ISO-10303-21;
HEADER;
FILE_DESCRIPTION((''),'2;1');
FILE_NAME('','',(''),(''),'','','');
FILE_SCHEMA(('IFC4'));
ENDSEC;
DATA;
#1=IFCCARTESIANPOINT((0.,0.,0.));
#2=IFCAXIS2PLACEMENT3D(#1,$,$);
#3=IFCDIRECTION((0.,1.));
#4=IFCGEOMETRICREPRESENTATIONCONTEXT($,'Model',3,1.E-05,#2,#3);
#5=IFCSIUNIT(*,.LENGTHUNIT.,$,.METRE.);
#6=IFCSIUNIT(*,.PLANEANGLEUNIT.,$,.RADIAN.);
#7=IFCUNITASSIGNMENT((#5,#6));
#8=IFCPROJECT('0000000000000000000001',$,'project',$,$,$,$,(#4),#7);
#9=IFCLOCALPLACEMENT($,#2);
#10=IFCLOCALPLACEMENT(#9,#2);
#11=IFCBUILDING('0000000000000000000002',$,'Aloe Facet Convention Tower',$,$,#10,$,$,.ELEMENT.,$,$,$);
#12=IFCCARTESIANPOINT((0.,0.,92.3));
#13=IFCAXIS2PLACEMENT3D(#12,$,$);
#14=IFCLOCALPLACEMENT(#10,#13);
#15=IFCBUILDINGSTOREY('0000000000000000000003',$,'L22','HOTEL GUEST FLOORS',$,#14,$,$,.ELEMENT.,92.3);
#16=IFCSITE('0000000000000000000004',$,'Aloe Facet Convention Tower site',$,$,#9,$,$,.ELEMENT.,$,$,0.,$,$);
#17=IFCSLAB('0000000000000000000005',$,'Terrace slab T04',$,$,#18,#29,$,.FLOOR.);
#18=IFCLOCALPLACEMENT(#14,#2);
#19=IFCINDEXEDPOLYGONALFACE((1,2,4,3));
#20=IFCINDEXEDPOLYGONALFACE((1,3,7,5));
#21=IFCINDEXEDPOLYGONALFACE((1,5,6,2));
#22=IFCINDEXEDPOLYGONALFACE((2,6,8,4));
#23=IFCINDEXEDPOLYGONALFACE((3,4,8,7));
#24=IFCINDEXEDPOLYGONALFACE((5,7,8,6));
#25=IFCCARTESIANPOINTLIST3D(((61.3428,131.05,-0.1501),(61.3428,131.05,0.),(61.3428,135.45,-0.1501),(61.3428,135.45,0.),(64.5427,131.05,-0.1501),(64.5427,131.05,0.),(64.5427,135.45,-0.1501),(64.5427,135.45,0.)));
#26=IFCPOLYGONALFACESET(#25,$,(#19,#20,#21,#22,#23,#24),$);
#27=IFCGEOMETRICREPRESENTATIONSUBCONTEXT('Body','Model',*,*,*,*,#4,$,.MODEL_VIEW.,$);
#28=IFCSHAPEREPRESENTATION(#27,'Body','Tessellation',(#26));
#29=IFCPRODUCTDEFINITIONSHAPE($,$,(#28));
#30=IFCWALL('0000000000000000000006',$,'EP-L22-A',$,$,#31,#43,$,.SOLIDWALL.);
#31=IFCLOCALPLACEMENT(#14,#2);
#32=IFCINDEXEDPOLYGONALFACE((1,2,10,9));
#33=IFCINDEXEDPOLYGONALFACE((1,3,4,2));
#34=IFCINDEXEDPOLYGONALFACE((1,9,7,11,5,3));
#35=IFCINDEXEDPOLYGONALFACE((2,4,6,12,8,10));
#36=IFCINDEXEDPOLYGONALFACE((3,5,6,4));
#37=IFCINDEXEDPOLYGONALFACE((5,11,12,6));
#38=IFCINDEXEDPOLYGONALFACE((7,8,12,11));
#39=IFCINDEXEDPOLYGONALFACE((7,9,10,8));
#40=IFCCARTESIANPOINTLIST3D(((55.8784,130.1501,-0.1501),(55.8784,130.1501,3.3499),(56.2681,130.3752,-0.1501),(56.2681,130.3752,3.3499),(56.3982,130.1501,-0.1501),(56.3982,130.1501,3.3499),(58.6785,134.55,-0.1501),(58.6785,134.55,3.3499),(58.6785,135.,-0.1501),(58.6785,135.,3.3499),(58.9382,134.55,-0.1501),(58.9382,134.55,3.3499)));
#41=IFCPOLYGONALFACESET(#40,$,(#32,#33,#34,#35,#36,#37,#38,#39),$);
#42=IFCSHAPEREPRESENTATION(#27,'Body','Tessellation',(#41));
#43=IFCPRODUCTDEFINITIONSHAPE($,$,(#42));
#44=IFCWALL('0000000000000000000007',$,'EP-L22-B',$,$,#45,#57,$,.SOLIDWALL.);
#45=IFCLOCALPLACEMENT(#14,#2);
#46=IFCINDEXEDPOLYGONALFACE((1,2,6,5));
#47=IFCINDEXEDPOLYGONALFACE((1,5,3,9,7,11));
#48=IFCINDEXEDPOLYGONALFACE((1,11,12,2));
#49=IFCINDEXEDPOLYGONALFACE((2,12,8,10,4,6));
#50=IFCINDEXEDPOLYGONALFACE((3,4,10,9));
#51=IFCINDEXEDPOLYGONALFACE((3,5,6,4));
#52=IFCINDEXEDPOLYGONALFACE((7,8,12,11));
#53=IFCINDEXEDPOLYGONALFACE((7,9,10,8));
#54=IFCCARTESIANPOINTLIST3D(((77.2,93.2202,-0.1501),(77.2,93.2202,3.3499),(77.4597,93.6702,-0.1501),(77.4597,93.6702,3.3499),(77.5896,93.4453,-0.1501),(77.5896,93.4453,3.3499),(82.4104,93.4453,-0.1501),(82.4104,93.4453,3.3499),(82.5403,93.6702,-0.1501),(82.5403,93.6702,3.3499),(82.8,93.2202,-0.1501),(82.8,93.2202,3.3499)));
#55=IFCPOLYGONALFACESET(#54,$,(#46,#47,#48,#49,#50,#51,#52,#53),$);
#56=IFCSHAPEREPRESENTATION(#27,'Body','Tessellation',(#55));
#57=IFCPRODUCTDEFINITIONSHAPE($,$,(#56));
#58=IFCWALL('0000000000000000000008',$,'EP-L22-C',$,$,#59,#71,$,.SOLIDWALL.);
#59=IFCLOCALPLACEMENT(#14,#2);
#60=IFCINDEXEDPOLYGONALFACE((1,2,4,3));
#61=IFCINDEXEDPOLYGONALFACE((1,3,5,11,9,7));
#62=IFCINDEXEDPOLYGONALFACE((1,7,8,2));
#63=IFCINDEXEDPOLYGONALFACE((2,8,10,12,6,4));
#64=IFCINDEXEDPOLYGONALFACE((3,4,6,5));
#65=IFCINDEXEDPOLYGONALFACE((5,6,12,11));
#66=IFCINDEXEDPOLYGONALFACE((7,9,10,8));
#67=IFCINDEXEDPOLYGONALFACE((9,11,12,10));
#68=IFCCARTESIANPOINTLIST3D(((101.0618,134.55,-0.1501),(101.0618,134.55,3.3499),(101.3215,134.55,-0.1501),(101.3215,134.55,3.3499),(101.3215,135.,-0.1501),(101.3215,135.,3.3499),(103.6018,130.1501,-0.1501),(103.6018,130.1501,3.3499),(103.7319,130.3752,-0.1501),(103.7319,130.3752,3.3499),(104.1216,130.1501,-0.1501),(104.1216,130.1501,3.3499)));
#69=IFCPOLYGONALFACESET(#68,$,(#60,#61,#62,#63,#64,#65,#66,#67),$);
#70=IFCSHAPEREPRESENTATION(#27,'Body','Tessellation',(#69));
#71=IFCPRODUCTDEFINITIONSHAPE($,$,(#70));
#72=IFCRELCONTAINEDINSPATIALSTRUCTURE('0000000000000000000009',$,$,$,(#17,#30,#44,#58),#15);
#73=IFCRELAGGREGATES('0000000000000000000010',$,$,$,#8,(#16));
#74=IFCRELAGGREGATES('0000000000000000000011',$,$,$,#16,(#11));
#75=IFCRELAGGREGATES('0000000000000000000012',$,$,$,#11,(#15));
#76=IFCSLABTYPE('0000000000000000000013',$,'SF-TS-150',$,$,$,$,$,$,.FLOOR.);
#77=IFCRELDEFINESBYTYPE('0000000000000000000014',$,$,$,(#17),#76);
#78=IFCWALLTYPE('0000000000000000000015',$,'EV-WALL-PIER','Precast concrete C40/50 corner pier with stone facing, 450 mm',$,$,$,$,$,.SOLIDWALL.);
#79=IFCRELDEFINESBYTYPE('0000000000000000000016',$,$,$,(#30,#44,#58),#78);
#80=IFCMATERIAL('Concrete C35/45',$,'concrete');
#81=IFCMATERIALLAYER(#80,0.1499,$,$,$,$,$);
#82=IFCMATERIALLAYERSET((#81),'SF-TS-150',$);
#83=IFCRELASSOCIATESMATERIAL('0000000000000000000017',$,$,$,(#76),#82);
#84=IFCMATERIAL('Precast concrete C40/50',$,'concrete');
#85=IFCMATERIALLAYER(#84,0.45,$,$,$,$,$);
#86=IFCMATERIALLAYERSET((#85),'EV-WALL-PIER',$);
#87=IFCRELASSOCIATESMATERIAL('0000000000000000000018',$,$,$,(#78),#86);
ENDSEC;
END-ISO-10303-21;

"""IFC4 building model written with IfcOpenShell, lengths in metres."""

from ifc_helpers import new_model, si_unit, direction, frame, origin, place, context, subcontext, project, spatial, polyline, outline, extrude, material, layer, layer_set, type_object, element, save


model = new_model("IFC4")

# Units and contexts
model_context = context("Model", 3, precision=1e-05, world=origin(), true_north=direction((0.0, 1.0)))
body_context = subcontext(model_context, "Body", "Model", "MODEL_VIEW")
ifc_project = project(units=[si_unit("LENGTHUNIT", "METRE"), si_unit("PLANEANGLEUNIT", "RADIAN")], contexts=[model_context])

# Site, building, storey
site_placement = place(None, origin())
site = spatial("IfcSite", under=ifc_project, at=site_placement, Name="Aloe Facet Convention Tower site", CompositionType="ELEMENT", RefElevation=0.0)
building_placement = place(site_placement, origin())
building = spatial("IfcBuilding", under=site, at=building_placement, Name="Aloe Facet Convention Tower", CompositionType="ELEMENT")
storey_placement = place(building_placement, frame((0.0, 0.0, 92.3)))
storey = spatial("IfcBuildingStorey", under=building, at=storey_placement, Name="L22", Description="HOTEL GUEST FLOORS", CompositionType="ELEMENT", Elevation=92.3)

# Slab
ifc_material_1 = material(Name="Concrete C35/45", Category="concrete")
ifc_layer_1 = layer(ifc_material_1, 0.1499)
ifc_layer_set_1 = layer_set([ifc_layer_1], Name="SF-TS-150")
slab_type_1 = type_object("IfcSlabType", Name="SF-TS-150", PredefinedType="FLOOR", material=ifc_layer_set_1)
slab_1_placement = place(storey_placement, frame((0.0, 0.0, -0.1501)))
element("IfcSlab", 1, at=slab_1_placement, inside=storey, type_object=slab_type_1, Name="Terrace slab T04", PredefinedType="FLOOR", context=body_context, shape_type="SweptSolid", body=[
    extrude(outline(polyline([(64.5427, 135.45), (64.5427, 131.05), (61.3428, 131.05), (61.3428, 135.45), (64.5427, 135.45)])), origin(), (0.0, 0.0, 1.0), 0.1501),
])

# Walls
ifc_material_2 = material(Name="Precast concrete C40/50", Category="concrete")
ifc_layer_2 = layer(ifc_material_2, 0.45)
ifc_layer_set_2 = layer_set([ifc_layer_2], Name="EV-WALL-PIER")
wall_type = type_object("IfcWallType", Name="EV-WALL-PIER", Description="Precast concrete C40/50 corner pier with stone facing, 450 mm", PredefinedType="SOLIDWALL", material=ifc_layer_set_2)
wall_1_placement = place(storey_placement, frame((0.0, 0.0, -0.1501)))
element("IfcWall", 2, at=wall_1_placement, inside=storey, type_object=wall_type, Name="EP-L22-A", PredefinedType="SOLIDWALL", context=body_context, shape_type="SweptSolid", body=[
    extrude(outline(polyline([(58.6785, 135.0), (58.6785, 134.55), (58.9382, 134.55), (56.3982, 130.1501), (56.2681, 130.3752), (55.8784, 130.1501), (58.6785, 135.0)])), origin(), (0.0, 0.0, 1.0), 3.5),
])
wall_2_placement = place(storey_placement, frame((0.0, 0.0, -0.1501)))
element("IfcWall", 3, at=wall_2_placement, inside=storey, type_object=wall_type, Name="EP-L22-B", PredefinedType="SOLIDWALL", context=body_context, shape_type="SweptSolid", body=[
    extrude(outline(polyline([(77.2, 93.2202), (77.5896, 93.4453), (77.4597, 93.6702), (82.5403, 93.6702), (82.4104, 93.4453), (82.8, 93.2202), (77.2, 93.2202)])), origin(), (0.0, 0.0, 1.0), 3.5),
])
wall_3_placement = place(storey_placement, frame((0.0, 0.0, -0.1501)))
element("IfcWall", 4, at=wall_3_placement, inside=storey, type_object=wall_type, Name="EP-L22-C", PredefinedType="SOLIDWALL", context=body_context, shape_type="SweptSolid", body=[
    extrude(outline(polyline([(104.1216, 130.1501), (103.7319, 130.3752), (103.6018, 130.1501), (101.0618, 134.55), (101.3215, 134.55), (101.3215, 135.0), (104.1216, 130.1501)])), origin(), (0.0, 0.0, 1.0), 3.5),
])

save(model, "model.ifc")
